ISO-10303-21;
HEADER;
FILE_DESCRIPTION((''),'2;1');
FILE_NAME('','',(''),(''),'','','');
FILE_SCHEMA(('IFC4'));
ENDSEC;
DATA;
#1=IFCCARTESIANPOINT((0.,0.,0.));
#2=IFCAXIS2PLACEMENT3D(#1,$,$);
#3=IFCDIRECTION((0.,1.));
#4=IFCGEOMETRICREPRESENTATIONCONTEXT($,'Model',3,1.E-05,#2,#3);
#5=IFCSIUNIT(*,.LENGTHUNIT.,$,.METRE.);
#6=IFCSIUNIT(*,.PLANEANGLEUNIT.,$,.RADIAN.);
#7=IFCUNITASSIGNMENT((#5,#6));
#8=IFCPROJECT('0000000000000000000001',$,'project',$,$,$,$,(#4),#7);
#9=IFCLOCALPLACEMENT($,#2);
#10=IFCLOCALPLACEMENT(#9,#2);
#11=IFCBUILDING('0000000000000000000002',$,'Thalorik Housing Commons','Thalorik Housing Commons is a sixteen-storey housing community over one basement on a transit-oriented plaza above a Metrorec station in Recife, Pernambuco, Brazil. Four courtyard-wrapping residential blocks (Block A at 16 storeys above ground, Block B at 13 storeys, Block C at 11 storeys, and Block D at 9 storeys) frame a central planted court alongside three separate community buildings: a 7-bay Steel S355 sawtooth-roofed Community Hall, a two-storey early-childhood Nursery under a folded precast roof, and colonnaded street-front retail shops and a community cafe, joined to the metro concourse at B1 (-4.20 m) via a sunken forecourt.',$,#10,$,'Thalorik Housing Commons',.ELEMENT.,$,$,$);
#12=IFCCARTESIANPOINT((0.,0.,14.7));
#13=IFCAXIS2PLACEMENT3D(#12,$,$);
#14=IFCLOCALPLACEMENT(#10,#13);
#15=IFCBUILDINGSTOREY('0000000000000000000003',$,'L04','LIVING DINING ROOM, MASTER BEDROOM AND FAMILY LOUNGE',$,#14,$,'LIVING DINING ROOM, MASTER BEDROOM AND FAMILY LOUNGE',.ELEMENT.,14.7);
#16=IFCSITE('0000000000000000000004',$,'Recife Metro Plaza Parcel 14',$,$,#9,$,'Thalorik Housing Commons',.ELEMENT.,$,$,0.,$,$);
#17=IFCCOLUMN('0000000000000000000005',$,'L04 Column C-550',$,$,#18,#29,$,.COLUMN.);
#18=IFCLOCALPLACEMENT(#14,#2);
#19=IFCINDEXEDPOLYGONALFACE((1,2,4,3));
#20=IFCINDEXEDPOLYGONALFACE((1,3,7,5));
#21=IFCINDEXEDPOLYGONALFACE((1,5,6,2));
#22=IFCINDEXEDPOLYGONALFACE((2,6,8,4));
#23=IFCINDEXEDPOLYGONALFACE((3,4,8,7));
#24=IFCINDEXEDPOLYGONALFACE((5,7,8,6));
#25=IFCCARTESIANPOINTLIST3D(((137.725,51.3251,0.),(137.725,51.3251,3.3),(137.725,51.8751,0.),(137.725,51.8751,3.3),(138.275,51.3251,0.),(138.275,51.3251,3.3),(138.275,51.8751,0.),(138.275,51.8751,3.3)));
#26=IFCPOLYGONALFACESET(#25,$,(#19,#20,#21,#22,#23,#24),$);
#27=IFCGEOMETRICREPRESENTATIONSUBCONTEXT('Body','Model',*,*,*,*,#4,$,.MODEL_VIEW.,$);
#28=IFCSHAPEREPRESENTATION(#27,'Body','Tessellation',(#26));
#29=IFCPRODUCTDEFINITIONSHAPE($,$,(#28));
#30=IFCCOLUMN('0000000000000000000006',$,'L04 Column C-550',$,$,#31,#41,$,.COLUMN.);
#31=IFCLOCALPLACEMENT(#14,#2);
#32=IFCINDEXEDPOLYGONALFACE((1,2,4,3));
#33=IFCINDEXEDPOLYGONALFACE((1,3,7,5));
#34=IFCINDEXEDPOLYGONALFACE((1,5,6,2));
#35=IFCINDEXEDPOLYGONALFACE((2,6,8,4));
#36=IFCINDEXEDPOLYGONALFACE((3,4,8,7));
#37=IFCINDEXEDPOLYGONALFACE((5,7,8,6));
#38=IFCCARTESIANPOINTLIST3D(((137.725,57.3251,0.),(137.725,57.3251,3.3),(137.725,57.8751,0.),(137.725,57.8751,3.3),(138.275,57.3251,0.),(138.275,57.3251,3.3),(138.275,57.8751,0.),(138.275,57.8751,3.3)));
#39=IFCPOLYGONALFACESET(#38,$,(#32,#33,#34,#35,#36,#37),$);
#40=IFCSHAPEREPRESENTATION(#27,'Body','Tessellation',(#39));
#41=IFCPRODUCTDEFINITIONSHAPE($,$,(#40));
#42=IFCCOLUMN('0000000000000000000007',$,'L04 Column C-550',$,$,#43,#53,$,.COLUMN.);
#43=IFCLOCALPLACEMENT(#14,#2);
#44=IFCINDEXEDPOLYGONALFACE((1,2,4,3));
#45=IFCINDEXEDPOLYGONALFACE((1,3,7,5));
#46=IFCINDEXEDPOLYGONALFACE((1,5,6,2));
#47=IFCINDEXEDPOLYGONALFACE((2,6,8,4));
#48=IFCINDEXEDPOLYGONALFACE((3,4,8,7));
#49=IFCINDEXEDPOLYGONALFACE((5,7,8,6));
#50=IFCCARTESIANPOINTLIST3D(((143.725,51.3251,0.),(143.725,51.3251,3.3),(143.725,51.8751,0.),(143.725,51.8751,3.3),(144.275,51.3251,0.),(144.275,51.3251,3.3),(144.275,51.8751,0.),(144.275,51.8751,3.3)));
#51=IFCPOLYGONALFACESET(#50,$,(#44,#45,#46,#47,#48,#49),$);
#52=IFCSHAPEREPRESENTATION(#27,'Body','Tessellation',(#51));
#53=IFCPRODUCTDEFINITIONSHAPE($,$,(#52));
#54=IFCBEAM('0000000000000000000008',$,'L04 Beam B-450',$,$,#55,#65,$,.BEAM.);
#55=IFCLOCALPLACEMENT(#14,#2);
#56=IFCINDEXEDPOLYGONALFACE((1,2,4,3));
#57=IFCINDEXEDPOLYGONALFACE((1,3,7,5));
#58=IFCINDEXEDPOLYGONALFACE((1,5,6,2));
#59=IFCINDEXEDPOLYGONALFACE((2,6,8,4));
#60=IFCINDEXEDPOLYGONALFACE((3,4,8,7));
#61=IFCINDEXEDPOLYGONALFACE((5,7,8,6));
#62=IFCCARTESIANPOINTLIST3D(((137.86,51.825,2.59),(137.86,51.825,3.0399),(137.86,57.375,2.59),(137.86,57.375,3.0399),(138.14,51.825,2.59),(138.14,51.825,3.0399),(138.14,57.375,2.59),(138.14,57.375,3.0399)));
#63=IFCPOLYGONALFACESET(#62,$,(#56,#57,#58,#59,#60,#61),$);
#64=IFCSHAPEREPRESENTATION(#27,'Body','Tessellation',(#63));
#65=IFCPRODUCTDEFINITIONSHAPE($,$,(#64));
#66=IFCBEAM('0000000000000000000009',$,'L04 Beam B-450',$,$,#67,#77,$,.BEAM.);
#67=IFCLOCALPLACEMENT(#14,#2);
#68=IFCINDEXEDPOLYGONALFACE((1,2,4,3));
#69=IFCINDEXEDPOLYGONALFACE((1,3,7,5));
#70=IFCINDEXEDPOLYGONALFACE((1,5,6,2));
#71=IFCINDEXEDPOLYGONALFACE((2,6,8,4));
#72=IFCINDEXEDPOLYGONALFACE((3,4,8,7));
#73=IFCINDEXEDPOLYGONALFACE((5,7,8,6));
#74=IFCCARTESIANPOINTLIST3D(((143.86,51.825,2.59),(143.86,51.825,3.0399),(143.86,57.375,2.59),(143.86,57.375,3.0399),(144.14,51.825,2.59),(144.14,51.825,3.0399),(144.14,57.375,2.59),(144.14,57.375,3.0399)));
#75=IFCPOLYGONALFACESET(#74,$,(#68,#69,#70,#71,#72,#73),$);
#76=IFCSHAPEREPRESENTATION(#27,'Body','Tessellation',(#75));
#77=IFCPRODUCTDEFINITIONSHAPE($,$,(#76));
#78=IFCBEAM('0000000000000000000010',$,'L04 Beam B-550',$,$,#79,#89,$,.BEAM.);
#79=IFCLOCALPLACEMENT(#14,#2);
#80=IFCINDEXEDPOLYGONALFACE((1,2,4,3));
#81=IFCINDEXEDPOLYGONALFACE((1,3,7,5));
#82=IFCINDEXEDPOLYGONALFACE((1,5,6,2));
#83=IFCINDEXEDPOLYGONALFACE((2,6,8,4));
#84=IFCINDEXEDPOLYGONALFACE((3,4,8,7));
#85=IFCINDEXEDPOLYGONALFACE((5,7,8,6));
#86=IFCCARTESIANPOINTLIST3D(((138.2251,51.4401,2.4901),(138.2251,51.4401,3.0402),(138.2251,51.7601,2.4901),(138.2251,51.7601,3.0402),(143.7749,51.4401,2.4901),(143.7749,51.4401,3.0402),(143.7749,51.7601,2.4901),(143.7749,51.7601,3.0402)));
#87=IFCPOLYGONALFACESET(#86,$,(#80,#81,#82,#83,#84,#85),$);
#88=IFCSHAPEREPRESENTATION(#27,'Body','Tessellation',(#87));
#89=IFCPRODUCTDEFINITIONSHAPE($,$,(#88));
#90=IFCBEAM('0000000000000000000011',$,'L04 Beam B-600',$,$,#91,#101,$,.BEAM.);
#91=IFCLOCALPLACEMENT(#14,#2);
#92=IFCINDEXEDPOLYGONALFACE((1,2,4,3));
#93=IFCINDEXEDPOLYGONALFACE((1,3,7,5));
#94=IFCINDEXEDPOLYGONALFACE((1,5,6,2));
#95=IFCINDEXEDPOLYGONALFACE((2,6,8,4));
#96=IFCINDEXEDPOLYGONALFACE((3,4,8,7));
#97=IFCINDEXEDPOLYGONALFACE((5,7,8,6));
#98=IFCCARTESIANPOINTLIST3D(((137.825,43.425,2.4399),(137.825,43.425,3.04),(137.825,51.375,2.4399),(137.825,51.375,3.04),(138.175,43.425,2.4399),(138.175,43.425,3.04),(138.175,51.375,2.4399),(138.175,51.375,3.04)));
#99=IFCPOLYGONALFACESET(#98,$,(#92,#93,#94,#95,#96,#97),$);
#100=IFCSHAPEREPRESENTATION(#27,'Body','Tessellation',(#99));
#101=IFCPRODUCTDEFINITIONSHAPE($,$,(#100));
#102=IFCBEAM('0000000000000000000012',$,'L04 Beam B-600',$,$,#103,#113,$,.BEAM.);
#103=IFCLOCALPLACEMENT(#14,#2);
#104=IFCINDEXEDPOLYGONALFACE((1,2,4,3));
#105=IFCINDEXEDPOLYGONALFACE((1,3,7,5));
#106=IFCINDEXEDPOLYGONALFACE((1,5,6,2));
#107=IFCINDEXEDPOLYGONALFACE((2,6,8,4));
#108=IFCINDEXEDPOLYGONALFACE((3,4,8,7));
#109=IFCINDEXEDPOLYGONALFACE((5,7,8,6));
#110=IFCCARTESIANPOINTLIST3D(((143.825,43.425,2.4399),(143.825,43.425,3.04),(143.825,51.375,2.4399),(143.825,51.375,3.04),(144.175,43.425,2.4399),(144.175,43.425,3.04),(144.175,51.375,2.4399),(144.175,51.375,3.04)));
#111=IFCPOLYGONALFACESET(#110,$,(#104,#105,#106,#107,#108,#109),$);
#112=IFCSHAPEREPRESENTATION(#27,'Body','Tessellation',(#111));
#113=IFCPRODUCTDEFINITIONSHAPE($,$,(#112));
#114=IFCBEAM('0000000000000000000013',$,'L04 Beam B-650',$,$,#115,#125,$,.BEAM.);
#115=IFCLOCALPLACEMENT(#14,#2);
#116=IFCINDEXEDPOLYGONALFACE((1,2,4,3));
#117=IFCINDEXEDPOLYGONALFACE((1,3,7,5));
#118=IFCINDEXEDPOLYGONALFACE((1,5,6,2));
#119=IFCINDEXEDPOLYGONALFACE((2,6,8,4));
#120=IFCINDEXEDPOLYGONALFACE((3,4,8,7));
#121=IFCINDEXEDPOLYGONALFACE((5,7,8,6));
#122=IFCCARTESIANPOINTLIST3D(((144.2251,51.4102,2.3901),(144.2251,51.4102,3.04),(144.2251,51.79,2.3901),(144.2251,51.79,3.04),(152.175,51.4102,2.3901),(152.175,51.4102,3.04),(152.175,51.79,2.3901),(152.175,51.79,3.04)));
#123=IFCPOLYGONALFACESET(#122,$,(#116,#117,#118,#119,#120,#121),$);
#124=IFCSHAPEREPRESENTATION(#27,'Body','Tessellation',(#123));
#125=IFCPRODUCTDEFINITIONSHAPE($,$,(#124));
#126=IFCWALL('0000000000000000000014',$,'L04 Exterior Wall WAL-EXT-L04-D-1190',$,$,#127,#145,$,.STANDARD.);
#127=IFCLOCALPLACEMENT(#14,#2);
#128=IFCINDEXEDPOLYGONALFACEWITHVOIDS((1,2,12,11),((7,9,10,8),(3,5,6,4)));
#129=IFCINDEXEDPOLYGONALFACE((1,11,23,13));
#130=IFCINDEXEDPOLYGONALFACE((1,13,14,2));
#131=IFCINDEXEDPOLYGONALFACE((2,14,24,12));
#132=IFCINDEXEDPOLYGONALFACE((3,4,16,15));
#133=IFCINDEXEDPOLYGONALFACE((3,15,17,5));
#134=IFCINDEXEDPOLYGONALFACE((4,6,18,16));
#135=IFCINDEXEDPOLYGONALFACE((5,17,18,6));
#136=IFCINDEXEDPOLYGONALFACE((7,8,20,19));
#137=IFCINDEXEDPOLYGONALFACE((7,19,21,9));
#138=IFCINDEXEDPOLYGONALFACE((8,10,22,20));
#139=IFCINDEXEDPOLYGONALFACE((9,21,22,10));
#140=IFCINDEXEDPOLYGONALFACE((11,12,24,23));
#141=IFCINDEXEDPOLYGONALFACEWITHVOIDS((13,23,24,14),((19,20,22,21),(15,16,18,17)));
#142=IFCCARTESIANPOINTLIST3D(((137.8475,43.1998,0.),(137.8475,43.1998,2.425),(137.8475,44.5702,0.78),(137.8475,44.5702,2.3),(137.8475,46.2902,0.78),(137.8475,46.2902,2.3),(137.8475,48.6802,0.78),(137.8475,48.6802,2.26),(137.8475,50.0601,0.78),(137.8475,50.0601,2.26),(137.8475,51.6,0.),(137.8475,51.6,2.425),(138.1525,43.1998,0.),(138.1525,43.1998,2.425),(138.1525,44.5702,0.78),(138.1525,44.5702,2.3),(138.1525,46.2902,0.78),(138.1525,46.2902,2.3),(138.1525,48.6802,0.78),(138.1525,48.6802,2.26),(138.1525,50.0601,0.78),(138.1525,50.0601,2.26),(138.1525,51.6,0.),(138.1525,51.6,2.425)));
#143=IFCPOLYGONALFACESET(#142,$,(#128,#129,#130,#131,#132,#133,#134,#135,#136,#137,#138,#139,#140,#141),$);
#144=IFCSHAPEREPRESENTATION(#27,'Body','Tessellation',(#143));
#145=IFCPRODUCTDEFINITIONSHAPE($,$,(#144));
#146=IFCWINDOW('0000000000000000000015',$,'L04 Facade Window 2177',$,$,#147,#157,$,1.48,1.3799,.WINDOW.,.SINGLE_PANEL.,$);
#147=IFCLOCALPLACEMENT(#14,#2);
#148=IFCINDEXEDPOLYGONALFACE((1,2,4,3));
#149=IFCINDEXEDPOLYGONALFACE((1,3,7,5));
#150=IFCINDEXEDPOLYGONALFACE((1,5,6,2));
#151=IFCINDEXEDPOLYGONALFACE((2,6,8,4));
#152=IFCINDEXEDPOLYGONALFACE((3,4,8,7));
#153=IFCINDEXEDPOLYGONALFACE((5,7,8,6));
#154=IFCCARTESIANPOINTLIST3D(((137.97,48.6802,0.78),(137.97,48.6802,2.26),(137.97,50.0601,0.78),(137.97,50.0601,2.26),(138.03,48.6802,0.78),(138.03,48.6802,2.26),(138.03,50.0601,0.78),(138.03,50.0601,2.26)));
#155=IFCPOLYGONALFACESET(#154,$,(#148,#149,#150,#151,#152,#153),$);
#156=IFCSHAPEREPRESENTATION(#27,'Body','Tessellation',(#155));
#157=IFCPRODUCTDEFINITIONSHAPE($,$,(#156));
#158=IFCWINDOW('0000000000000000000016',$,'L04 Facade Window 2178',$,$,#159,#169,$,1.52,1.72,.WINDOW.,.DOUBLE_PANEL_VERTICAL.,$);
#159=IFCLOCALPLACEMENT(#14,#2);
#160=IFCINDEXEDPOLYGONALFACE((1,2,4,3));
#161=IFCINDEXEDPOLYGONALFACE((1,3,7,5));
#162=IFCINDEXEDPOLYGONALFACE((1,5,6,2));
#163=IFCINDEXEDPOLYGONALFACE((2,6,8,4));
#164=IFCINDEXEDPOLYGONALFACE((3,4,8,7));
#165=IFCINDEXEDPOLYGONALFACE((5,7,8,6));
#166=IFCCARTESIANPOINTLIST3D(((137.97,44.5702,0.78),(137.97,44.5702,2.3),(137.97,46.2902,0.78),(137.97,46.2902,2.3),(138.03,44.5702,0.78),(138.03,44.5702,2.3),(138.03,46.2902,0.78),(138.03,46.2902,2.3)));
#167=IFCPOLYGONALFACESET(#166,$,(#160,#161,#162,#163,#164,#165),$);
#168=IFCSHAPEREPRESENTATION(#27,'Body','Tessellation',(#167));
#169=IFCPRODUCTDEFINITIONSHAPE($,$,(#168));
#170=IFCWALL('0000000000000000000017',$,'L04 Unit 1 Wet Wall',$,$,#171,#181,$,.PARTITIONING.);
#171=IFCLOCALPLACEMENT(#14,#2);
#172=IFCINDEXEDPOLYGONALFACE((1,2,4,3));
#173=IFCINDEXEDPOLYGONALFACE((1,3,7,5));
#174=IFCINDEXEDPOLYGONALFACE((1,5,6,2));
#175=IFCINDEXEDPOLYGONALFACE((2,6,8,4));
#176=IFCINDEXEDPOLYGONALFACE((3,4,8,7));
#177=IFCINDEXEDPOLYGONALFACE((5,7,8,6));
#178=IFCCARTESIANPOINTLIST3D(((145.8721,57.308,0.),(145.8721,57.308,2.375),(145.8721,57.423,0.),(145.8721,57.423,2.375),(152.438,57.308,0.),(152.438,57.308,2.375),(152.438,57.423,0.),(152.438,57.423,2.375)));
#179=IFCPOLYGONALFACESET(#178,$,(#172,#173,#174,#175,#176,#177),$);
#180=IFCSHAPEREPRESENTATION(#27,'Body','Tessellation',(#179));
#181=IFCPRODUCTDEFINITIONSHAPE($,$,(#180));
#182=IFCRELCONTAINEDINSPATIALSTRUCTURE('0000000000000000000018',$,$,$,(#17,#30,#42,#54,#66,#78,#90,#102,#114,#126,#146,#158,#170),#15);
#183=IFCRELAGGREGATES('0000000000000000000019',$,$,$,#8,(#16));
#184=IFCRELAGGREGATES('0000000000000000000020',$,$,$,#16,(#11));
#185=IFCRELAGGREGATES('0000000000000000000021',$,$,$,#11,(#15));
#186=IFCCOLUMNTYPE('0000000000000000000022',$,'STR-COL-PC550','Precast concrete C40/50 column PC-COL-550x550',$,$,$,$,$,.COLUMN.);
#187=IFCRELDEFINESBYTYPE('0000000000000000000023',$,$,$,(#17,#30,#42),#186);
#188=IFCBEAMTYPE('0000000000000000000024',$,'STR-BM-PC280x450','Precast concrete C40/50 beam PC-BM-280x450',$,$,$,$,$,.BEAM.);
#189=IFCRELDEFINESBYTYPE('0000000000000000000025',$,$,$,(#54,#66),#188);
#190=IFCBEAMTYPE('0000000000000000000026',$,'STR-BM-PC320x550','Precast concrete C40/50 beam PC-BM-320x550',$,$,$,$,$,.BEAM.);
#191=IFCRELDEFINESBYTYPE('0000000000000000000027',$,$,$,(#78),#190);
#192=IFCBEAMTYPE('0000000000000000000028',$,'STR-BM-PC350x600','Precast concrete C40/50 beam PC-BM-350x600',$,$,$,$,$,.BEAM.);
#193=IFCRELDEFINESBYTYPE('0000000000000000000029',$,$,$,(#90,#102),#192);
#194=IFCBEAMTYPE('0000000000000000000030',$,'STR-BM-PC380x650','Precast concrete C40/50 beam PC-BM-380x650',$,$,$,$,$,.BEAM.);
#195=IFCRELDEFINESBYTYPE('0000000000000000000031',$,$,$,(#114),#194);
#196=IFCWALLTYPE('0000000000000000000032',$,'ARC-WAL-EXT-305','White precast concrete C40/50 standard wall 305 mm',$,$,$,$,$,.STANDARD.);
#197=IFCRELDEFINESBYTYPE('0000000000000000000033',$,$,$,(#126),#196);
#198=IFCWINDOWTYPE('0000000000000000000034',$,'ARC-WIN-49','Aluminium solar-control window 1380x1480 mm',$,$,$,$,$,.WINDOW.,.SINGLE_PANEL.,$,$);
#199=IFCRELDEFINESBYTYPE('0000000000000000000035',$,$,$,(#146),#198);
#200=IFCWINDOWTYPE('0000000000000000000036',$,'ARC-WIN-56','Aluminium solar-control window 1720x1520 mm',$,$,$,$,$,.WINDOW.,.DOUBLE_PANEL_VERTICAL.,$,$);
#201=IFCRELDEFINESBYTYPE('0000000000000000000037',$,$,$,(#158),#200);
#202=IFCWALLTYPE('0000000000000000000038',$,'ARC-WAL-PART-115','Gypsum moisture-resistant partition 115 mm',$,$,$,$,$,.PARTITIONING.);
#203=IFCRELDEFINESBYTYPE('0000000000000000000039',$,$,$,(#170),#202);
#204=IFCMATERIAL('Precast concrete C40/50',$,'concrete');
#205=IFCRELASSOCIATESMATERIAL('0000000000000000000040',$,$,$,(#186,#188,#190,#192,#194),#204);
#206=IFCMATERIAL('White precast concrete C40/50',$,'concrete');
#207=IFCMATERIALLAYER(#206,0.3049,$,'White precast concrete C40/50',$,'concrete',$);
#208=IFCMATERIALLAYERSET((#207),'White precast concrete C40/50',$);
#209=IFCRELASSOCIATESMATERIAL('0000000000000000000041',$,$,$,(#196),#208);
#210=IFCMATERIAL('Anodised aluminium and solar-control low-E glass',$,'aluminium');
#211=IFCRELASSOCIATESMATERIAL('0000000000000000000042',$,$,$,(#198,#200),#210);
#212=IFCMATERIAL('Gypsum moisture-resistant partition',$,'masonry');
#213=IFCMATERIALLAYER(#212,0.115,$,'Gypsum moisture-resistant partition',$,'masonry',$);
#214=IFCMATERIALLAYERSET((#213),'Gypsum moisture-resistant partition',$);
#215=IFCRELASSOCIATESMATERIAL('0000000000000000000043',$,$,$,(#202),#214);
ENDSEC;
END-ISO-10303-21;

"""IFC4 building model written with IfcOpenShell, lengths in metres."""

from ifc_helpers import new_model, si_unit, direction, frame, frame_2d, origin, origin_2d, place, context, subcontext, project, spatial, rectangle, extrude, material, layer, layer_set, material_profile, profile_set, type_object, element, fill, save


model = new_model("IFC4")

# Units and contexts
model_context = context("Model", 3, precision=1e-05, world=origin(), true_north=direction((0.0, 1.0)))
body_context = subcontext(model_context, "Body", "Model", "MODEL_VIEW")
ifc_project = project(units=[si_unit("LENGTHUNIT", "METRE"), si_unit("PLANEANGLEUNIT", "RADIAN")], contexts=[model_context])

# Site, building, storey
site_placement = place(None, origin())
site = spatial("IfcSite", under=ifc_project, at=site_placement, Name="Recife Metro Plaza Parcel 14", LongName="Thalorik Housing Commons", CompositionType="ELEMENT", RefElevation=0.0)
building_placement = place(site_placement, origin())
building = spatial("IfcBuilding", under=site, at=building_placement, Name="Thalorik Housing Commons", Description="Thalorik Housing Commons is a sixteen-storey housing community over one basement on a transit-oriented plaza above a Metrorec station in Recife, Pernambuco, Brazil. Four courtyard-wrapping residential blocks (Block A at 16 storeys above ground, Block B at 13 storeys, Block C at 11 storeys, and Block D at 9 storeys) frame a central planted court alongside three separate community buildings: a 7-bay Steel S355 sawtooth-roofed Community Hall, a two-storey early-childhood Nursery under a folded precast roof, and colonnaded street-front retail shops and a community cafe, joined to the metro concourse at B1 (-4.20 m) via a sunken forecourt.", LongName="Thalorik Housing Commons", CompositionType="ELEMENT")
storey_placement = place(building_placement, frame((0.0, 0.0, 14.7)))
storey = spatial("IfcBuildingStorey", under=building, at=storey_placement, Name="L04", Description="LIVING DINING ROOM, MASTER BEDROOM AND FAMILY LOUNGE", LongName="LIVING DINING ROOM, MASTER BEDROOM AND FAMILY LOUNGE", CompositionType="ELEMENT", Elevation=14.7)

# Columns
ifc_material_1 = material(Name="Precast concrete C40/50", Category="concrete")
ifc_material_profile_1 = material_profile(ifc_material_1, rectangle(XDim=0.55, YDim=0.55, at=origin_2d()), Name="PC 550x550", Category="concrete")
ifc_profile_set_1 = profile_set([ifc_material_profile_1], Name="Precast concrete C40/50")
column_type = type_object("IfcColumnType", Name="STR-COL-PC550", Description="Precast concrete C40/50 column PC-COL-550x550", PredefinedType="COLUMN", material=ifc_profile_set_1)
for number, where, z_axis, x_axis, name in (
    (1, (138.0, 51.6001, 0.0), (0.0, 0.0, 1.0), (1.0, 0.0, 0.0), "L04 Column C-550"),
    (2, (138.0, 57.6001, 0.0), (0.0, 0.0, 1.0), (1.0, 0.0, 0.0), "L04 Column C-550"),
    (3, (144.0, 51.6001, 0.0), (0.0, 0.0, 1.0), (1.0, 0.0, 0.0), "L04 Column C-550"),
):
    element("IfcColumn", number, at=place(storey_placement, frame(where, z_axis=z_axis, x_axis=x_axis)), inside=storey, type_object=column_type, Name=name, PredefinedType="COLUMN", context=body_context, shape_type="SweptSolid", body=[
        extrude(rectangle(XDim=0.55, YDim=0.55, at=origin_2d()), origin(), (0.0, 0.0, 1.0), 3.3),
    ])

# Beams
ifc_material_profile_2 = material_profile(ifc_material_1, rectangle(XDim=0.28, YDim=0.45, at=origin_2d()), Name="PC 280x450", Category="concrete")
ifc_profile_set_2 = profile_set([ifc_material_profile_2], Name="Precast concrete C40/50")
beam_type_1 = type_object("IfcBeamType", Name="STR-BM-PC280x450", Description="Precast concrete C40/50 beam PC-BM-280x450", PredefinedType="BEAM", material=ifc_profile_set_2)
for number, where, z_axis, x_axis, name in (
    (4, (138.0, 51.825, 2.8149), (0.0, 1.0, 0.0), (-1.0, 0.0, 0.0), "L04 Beam B-450"),
    (5, (144.0, 51.825, 2.8149), (0.0, 1.0, 0.0), (-1.0, 0.0, 0.0), "L04 Beam B-450"),
):
    element("IfcBeam", number, at=place(storey_placement, frame(where, z_axis=z_axis, x_axis=x_axis)), inside=storey, type_object=beam_type_1, Name=name, PredefinedType="BEAM", context=body_context, shape_type="SweptSolid", body=[
        extrude(rectangle(XDim=0.28, YDim=0.45, at=origin_2d()), origin(), (0.0, 0.0, 1.0), 5.55),
    ])
ifc_material_profile_3 = material_profile(ifc_material_1, rectangle(XDim=0.3201, YDim=0.55, at=origin_2d()), Name="PC 320x550", Category="concrete")
ifc_profile_set_3 = profile_set([ifc_material_profile_3], Name="Precast concrete C40/50")
beam_type_2 = type_object("IfcBeamType", Name="STR-BM-PC320x550", Description="Precast concrete C40/50 beam PC-BM-320x550", PredefinedType="BEAM", material=ifc_profile_set_3)
beam_1_placement = place(storey_placement, frame((138.2251, 51.6001, 2.7651), z_axis=(1.0, 0.0, 0.0), x_axis=(0.0, 1.0, 0.0)))
element("IfcBeam", 6, at=beam_1_placement, inside=storey, type_object=beam_type_2, Name="L04 Beam B-550", PredefinedType="BEAM", context=body_context, shape_type="SweptSolid", body=[
    extrude(rectangle(XDim=0.3201, YDim=0.55, at=origin_2d()), origin(), (0.0, 0.0, 1.0), 5.5498),
])
ifc_material_profile_4 = material_profile(ifc_material_1, rectangle(XDim=0.3501, YDim=0.6001, at=origin_2d()), Name="PC 350x600", Category="concrete")
ifc_profile_set_4 = profile_set([ifc_material_profile_4], Name="Precast concrete C40/50")
beam_type_3 = type_object("IfcBeamType", Name="STR-BM-PC350x600", Description="Precast concrete C40/50 beam PC-BM-350x600", PredefinedType="BEAM", material=ifc_profile_set_4)
for number, where, z_axis, x_axis, name in (
    (7, (138.0, 43.425, 2.74), (0.0, 1.0, 0.0), (-1.0, 0.0, 0.0), "L04 Beam B-600"),
    (8, (144.0, 43.425, 2.74), (0.0, 1.0, 0.0), (-1.0, 0.0, 0.0), "L04 Beam B-600"),
):
    element("IfcBeam", number, at=place(storey_placement, frame(where, z_axis=z_axis, x_axis=x_axis)), inside=storey, type_object=beam_type_3, Name=name, PredefinedType="BEAM", context=body_context, shape_type="SweptSolid", body=[
        extrude(rectangle(XDim=0.3501, YDim=0.6001, at=origin_2d()), origin(), (0.0, 0.0, 1.0), 7.95),
    ])
ifc_material_profile_5 = material_profile(ifc_material_1, rectangle(XDim=0.3799, YDim=0.6499, at=origin_2d()), Name="PC 380x650", Category="concrete")
ifc_profile_set_5 = profile_set([ifc_material_profile_5], Name="Precast concrete C40/50")
beam_type_4 = type_object("IfcBeamType", Name="STR-BM-PC380x650", Description="Precast concrete C40/50 beam PC-BM-380x650", PredefinedType="BEAM", material=ifc_profile_set_5)
beam_2_placement = place(storey_placement, frame((144.2251, 51.6001, 2.7151), z_axis=(1.0, 0.0, 0.0), x_axis=(0.0, 1.0, 0.0)))
element("IfcBeam", 9, at=beam_2_placement, inside=storey, type_object=beam_type_4, Name="L04 Beam B-650", PredefinedType="BEAM", context=body_context, shape_type="SweptSolid", body=[
    extrude(rectangle(XDim=0.3799, YDim=0.6499, at=origin_2d()), origin(), (0.0, 0.0, 1.0), 7.95),
])

# Wall, openings, windows
ifc_material_2 = material(Name="White precast concrete C40/50", Category="concrete")
ifc_layer_1 = layer(ifc_material_2, 0.3049, Name="White precast concrete C40/50", Category="concrete")
ifc_layer_set_1 = layer_set([ifc_layer_1], Name="White precast concrete C40/50")
wall_type_1 = type_object("IfcWallType", Name="ARC-WAL-EXT-305", Description="White precast concrete C40/50 standard wall 305 mm", PredefinedType="STANDARD", material=ifc_layer_set_1)
wall_1_placement = place(storey_placement, frame((138.0, 51.6001, 0.0), z_axis=(0.0, 0.0, 1.0), x_axis=(0.0, -1.0, 0.0)))
wall_1 = element("IfcWall", 10, at=wall_1_placement, inside=storey, type_object=wall_type_1, Name="L04 Exterior Wall WAL-EXT-L04-D-1190", PredefinedType="STANDARD", context=body_context, shape_type="SweptSolid", body=[
    extrude(rectangle(XDim=8.4001, YDim=0.3049, at=frame_2d((4.2002, 0.0))), origin(), (0.0, 0.0, 1.0), 2.425),
])
opening_1_placement = place(wall_1_placement, frame((1.54, 0.0, 0.78)))
opening_1 = element("IfcOpeningElement", 11, at=opening_1_placement, cuts=wall_1, PredefinedType="OPENING", context=body_context, shape_type="SweptSolid", body=[
    extrude(rectangle(XDim=1.3799, YDim=1.48, at=frame_2d((0.6899, 0.74))), frame((0.0, 0.1626, 0.0), z_axis=(0.0, -1.0, 0.0), x_axis=(1.0, 0.0, 0.0)), (0.0, 0.0, 1.0), 0.325),
])
opening_2_placement = place(wall_1_placement, frame((5.3101, 0.0, 0.78)))
opening_2 = element("IfcOpeningElement", 12, at=opening_2_placement, cuts=wall_1, PredefinedType="OPENING", context=body_context, shape_type="SweptSolid", body=[
    extrude(rectangle(XDim=1.72, YDim=1.52, at=frame_2d((0.8599, 0.76))), frame((0.0, 0.1626, 0.0), z_axis=(0.0, -1.0, 0.0), x_axis=(1.0, 0.0, 0.0)), (0.0, 0.0, 1.0), 0.325),
])
ifc_material_3 = material(Name="Anodised aluminium and solar-control low-E glass", Category="aluminium")
window_type_1 = type_object("IfcWindowType", Name="ARC-WIN-49", Description="Aluminium solar-control window 1380x1480 mm", PartitioningType="SINGLE_PANEL", PredefinedType="WINDOW", material=ifc_material_3)
window_1_placement = place(opening_1_placement, origin())
window_1 = element("IfcWindow", 13, at=window_1_placement, inside=storey, type_object=window_type_1, Name="L04 Facade Window 2177", OverallHeight=1.48, OverallWidth=1.3799, PartitioningType="SINGLE_PANEL", PredefinedType="WINDOW", context=body_context, shape_type="SweptSolid", body=[
    extrude(rectangle(XDim=1.3799, YDim=1.48, at=frame_2d((0.6899, 0.74))), frame((0.0, 0.03, 0.0), z_axis=(0.0, -1.0, 0.0), x_axis=(1.0, 0.0, 0.0)), (0.0, 0.0, 1.0), 0.0601),
])
fill(opening_1, window_1)
window_type_2 = type_object("IfcWindowType", Name="ARC-WIN-56", Description="Aluminium solar-control window 1720x1520 mm", PartitioningType="DOUBLE_PANEL_VERTICAL", PredefinedType="WINDOW", material=ifc_material_3)
window_2_placement = place(opening_2_placement, origin())
window_2 = element("IfcWindow", 14, at=window_2_placement, inside=storey, type_object=window_type_2, Name="L04 Facade Window 2178", OverallHeight=1.52, OverallWidth=1.72, PartitioningType="DOUBLE_PANEL_VERTICAL", PredefinedType="WINDOW", context=body_context, shape_type="SweptSolid", body=[
    extrude(rectangle(XDim=1.72, YDim=1.52, at=frame_2d((0.8599, 0.76))), frame((0.0, 0.03, 0.0), z_axis=(0.0, -1.0, 0.0), x_axis=(1.0, 0.0, 0.0)), (0.0, 0.0, 1.0), 0.0601),
])
fill(opening_2, window_2)

# Wall
ifc_material_4 = material(Name="Gypsum moisture-resistant partition", Category="masonry")
ifc_layer_2 = layer(ifc_material_4, 0.115, Name="Gypsum moisture-resistant partition", Category="masonry")
ifc_layer_set_2 = layer_set([ifc_layer_2], Name="Gypsum moisture-resistant partition")
wall_type_2 = type_object("IfcWallType", Name="ARC-WAL-PART-115", Description="Gypsum moisture-resistant partition 115 mm", PredefinedType="PARTITIONING", material=ifc_layer_set_2)
wall_2_placement = place(storey_placement, frame((145.8721, 57.3655, 0.0), z_axis=(0.0, 0.0, 1.0), x_axis=(1.0, 0.0, 0.0)))
element("IfcWall", 15, at=wall_2_placement, inside=storey, type_object=wall_type_2, Name="L04 Unit 1 Wet Wall", PredefinedType="PARTITIONING", context=body_context, shape_type="SweptSolid", body=[
    extrude(rectangle(XDim=6.5659, YDim=0.115, at=frame_2d((3.283, 0.0))), origin(), (0.0, 0.0, 1.0), 2.375),
])

save(model, "model.ifc")
